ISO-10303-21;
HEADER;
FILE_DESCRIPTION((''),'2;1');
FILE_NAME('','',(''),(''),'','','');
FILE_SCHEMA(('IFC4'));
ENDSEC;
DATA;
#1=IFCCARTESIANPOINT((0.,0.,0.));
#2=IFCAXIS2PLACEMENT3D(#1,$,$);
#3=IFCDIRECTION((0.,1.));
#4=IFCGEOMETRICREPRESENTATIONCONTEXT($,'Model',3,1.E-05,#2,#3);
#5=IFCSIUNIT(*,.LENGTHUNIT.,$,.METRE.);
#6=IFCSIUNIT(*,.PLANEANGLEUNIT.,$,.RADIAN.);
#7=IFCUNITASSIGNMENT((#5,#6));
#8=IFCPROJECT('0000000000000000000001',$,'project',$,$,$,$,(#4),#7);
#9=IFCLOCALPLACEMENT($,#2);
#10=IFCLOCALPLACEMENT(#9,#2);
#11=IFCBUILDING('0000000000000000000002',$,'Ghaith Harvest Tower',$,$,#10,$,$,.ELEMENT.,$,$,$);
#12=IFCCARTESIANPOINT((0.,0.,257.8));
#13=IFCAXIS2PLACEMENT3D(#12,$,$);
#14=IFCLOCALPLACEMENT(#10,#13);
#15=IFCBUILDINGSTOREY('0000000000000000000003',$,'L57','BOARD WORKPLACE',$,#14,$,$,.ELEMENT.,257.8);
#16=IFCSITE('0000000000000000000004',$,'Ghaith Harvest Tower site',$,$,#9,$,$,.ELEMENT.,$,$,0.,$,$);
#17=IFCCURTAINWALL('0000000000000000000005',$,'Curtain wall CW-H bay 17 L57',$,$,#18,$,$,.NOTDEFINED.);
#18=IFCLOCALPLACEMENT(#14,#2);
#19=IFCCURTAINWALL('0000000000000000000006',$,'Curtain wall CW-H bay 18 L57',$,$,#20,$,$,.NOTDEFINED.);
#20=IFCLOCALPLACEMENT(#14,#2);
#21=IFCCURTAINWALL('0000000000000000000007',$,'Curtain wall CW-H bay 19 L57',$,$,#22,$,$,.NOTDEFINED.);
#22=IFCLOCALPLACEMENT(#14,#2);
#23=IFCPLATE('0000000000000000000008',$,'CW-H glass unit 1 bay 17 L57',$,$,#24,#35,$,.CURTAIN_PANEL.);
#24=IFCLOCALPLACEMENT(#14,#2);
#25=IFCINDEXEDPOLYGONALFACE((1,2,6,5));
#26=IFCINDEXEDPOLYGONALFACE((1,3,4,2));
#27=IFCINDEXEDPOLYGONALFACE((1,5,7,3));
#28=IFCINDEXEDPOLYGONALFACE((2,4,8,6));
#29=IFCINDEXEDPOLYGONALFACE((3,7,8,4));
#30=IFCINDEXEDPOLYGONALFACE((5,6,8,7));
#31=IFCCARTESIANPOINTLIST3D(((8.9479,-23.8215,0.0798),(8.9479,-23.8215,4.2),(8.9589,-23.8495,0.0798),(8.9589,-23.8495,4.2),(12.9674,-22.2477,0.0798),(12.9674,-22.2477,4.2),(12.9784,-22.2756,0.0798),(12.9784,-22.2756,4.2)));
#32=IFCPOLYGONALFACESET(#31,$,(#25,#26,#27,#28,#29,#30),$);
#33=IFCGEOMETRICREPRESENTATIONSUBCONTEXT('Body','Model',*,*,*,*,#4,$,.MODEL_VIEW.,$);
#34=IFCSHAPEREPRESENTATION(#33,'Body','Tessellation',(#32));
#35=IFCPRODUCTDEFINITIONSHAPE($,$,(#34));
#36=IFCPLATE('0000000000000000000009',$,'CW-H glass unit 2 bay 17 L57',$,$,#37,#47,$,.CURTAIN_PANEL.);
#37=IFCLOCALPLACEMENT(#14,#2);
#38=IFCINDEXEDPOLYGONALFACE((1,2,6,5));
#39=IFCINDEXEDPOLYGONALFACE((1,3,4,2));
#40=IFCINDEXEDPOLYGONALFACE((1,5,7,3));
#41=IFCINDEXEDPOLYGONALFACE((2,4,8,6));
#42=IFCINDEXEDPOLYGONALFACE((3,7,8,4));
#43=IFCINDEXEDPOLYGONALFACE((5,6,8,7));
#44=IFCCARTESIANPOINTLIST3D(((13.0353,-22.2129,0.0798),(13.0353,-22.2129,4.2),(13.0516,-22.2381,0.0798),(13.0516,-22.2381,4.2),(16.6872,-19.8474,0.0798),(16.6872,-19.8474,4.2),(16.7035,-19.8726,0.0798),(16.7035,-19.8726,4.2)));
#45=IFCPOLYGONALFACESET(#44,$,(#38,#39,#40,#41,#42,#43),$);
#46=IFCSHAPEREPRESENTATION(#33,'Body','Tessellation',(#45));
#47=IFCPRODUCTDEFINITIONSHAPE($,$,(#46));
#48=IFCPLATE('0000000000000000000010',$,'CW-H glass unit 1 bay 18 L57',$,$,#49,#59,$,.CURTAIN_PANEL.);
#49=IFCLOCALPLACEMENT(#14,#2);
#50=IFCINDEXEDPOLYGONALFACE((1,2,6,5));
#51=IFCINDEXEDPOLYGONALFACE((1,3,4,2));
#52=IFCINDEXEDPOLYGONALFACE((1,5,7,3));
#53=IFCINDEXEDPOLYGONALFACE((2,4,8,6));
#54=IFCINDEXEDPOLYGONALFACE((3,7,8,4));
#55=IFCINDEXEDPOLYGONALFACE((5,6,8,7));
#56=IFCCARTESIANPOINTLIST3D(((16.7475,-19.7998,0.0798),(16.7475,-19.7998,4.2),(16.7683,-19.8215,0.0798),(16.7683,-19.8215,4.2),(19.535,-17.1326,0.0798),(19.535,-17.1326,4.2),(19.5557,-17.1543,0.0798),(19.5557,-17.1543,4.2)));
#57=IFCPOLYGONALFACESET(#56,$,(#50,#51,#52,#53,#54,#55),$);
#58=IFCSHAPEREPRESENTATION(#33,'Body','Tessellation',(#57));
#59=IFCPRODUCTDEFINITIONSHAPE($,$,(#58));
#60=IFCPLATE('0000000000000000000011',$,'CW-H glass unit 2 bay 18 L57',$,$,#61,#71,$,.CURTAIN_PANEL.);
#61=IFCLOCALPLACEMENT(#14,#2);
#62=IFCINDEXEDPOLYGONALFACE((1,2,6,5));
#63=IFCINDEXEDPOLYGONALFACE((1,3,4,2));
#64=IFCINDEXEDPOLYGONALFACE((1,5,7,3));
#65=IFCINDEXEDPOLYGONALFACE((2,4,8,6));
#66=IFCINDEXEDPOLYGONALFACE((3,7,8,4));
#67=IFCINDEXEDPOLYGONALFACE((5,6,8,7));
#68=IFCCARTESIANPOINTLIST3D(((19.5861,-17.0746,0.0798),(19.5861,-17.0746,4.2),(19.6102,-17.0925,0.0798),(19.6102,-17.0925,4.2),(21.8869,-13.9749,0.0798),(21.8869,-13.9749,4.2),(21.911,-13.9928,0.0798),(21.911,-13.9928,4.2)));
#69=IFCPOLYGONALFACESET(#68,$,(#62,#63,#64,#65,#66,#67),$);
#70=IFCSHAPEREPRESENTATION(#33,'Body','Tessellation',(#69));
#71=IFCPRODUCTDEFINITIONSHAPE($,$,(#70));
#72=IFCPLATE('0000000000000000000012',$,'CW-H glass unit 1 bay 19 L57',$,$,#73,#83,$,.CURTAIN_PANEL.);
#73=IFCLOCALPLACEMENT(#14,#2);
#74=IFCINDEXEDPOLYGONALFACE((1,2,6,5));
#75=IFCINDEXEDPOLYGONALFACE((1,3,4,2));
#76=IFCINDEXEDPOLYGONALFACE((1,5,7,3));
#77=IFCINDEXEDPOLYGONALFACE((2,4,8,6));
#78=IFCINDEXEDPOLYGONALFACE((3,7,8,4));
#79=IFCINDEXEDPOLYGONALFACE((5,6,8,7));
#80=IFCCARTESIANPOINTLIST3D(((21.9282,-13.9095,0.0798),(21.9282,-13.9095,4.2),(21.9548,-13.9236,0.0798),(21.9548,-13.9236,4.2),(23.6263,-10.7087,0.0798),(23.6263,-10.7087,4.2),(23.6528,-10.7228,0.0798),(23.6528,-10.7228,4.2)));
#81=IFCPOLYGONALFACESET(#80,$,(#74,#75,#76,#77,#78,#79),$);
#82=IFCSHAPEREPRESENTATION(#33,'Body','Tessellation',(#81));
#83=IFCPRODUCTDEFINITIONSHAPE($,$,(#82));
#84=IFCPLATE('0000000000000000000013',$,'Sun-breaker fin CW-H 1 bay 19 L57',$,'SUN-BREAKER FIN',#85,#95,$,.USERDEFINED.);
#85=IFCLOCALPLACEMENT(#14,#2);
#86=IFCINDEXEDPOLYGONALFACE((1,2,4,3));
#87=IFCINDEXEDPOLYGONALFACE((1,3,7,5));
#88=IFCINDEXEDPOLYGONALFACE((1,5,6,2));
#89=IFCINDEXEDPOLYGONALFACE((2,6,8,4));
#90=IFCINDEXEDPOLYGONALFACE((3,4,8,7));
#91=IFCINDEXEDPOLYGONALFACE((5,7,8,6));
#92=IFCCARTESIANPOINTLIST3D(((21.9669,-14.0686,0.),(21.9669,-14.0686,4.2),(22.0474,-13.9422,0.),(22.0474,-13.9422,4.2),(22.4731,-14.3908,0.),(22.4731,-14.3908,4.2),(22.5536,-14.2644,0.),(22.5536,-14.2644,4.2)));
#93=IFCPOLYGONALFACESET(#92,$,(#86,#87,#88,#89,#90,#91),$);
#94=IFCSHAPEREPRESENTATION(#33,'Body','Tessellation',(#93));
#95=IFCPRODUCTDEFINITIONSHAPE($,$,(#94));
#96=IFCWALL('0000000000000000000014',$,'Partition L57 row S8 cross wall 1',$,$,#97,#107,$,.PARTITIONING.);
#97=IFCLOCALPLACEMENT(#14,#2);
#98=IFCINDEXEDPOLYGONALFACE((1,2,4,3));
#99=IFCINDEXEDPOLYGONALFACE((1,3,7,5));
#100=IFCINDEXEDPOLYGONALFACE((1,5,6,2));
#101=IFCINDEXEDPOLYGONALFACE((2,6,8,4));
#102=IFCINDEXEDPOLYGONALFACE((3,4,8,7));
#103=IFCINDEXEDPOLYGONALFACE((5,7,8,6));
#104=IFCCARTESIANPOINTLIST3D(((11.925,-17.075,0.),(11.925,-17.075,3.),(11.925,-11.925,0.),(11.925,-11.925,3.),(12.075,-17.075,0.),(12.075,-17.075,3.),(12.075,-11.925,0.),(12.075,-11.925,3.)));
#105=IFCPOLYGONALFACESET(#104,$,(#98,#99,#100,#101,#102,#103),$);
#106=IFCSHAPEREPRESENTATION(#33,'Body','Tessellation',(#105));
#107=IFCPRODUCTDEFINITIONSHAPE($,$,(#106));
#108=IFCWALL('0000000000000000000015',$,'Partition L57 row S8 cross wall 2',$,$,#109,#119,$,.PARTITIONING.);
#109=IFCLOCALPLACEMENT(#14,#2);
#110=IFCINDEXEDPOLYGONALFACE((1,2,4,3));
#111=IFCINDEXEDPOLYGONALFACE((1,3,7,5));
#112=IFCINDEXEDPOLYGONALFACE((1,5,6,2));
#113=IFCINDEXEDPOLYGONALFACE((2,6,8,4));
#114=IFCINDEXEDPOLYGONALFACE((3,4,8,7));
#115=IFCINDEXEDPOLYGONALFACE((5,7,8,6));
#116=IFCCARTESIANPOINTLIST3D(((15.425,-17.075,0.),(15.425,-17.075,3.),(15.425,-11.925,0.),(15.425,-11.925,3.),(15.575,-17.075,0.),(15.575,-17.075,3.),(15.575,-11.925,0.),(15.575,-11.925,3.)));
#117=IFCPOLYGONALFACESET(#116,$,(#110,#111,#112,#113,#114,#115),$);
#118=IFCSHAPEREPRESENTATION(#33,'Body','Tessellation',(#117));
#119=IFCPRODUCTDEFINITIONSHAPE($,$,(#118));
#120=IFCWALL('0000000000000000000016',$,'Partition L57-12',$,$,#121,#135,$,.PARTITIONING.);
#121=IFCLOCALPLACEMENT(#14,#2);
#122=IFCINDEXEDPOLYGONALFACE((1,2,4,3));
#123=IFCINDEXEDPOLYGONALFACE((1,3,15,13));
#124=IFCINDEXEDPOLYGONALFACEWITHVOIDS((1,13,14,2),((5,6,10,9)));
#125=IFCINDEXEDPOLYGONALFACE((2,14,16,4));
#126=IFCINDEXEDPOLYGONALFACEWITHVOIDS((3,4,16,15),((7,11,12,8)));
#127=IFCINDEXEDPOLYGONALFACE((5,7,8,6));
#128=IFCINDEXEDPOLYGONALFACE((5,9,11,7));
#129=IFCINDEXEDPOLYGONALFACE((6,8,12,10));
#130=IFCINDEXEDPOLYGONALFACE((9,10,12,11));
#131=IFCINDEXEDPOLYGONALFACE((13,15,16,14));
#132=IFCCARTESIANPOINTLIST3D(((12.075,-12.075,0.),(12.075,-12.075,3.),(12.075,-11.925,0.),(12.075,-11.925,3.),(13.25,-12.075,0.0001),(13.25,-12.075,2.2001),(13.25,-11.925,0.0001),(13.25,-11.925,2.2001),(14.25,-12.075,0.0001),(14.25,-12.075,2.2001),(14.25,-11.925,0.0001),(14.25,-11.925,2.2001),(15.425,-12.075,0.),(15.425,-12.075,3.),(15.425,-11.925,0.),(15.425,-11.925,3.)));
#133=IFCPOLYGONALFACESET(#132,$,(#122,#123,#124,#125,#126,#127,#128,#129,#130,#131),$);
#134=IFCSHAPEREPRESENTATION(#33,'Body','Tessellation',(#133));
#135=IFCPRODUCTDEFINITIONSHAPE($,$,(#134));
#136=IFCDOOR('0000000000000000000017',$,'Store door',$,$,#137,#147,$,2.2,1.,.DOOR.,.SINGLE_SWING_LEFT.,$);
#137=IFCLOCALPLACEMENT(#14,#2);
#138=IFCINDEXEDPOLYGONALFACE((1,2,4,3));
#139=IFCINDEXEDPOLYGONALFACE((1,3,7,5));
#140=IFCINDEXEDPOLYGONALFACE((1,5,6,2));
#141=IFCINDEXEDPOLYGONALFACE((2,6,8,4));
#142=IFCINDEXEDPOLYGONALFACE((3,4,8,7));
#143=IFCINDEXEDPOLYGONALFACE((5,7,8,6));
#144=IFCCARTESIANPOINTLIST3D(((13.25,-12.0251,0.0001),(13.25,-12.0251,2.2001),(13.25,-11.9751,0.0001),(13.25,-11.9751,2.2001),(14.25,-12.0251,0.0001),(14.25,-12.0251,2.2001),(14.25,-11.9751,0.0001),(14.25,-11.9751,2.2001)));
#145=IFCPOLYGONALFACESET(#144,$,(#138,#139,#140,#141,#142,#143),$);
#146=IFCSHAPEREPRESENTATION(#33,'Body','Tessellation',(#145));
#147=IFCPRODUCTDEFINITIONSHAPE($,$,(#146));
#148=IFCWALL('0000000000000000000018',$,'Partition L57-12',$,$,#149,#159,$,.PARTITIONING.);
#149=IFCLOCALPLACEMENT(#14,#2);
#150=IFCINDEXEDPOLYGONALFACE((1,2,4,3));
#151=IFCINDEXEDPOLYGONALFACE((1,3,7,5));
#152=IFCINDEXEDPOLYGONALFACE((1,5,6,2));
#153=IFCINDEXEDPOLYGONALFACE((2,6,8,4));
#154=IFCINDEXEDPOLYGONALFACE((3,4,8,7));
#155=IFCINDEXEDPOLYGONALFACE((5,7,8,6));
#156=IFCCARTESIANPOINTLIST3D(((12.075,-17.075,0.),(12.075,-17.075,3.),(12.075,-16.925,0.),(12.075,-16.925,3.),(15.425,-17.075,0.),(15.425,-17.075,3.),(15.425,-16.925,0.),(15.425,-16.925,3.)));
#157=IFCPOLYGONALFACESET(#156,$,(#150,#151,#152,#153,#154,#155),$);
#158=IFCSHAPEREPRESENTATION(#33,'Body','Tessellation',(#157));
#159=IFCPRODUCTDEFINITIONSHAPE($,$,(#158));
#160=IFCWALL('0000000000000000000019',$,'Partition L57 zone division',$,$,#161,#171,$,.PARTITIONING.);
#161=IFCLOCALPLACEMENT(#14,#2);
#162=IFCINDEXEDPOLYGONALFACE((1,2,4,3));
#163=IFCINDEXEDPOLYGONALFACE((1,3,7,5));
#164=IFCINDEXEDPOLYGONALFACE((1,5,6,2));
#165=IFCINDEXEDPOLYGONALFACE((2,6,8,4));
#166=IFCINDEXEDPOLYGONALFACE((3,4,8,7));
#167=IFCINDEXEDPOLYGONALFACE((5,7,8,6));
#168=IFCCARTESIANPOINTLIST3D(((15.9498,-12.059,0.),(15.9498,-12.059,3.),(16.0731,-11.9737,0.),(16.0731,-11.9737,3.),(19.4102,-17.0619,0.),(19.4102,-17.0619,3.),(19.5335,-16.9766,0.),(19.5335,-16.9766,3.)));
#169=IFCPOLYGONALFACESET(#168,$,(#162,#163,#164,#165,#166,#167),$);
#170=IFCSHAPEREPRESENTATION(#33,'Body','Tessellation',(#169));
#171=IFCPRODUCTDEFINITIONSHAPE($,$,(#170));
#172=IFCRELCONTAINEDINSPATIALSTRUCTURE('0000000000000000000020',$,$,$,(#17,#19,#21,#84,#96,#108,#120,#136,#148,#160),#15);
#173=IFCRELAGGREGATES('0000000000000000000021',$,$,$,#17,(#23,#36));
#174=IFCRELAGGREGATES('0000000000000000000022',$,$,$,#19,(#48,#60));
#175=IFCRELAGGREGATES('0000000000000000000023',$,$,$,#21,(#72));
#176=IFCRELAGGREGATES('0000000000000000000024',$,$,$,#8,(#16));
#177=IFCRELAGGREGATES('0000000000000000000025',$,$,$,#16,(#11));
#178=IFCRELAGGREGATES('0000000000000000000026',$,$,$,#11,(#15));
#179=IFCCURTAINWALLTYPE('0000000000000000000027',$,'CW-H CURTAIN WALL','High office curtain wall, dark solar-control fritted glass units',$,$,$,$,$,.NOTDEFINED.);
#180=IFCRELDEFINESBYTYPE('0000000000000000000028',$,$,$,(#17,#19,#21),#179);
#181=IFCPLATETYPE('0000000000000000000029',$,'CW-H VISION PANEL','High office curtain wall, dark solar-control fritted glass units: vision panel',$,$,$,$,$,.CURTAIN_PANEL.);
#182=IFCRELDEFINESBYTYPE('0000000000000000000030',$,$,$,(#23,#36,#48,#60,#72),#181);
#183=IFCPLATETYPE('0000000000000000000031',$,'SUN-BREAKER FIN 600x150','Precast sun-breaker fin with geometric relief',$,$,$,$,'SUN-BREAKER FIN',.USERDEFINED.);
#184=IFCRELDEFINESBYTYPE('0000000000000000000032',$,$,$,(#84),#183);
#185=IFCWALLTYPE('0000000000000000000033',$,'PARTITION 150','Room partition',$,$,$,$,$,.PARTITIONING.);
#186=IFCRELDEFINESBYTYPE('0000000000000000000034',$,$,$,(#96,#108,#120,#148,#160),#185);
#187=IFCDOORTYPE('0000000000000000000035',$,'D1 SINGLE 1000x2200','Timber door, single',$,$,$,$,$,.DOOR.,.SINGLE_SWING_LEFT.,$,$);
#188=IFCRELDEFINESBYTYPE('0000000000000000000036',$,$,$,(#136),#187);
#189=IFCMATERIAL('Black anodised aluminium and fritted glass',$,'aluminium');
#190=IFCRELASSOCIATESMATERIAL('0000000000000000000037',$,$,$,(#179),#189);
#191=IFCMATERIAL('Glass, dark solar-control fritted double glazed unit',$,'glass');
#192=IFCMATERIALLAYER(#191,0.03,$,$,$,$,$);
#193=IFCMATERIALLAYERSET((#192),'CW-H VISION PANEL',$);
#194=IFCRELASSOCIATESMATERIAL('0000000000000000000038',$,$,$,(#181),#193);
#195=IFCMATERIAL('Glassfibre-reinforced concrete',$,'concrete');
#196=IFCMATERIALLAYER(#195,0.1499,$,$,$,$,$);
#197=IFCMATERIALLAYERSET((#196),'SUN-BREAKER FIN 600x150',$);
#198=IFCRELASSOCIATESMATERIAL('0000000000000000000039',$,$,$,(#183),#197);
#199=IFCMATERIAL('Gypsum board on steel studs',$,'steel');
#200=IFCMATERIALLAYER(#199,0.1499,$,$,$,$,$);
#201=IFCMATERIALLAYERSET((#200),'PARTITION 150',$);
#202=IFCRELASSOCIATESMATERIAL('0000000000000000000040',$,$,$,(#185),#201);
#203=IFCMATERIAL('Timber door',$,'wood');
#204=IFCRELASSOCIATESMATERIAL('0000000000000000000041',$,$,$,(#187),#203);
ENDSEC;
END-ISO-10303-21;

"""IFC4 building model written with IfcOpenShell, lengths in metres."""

from ifc_helpers import new_model, si_unit, direction, frame, frame_2d, origin, origin_2d, place, context, subcontext, project, spatial, rectangle, extrude, material, layer, layer_set, type_object, element, fill, aggregate, save


model = new_model("IFC4")

# Units and contexts
model_context = context("Model", 3, precision=1e-05, world=origin(), true_north=direction((0.0, 1.0)))
body_context = subcontext(model_context, "Body", "Model", "MODEL_VIEW")
ifc_project = project(units=[si_unit("LENGTHUNIT", "METRE"), si_unit("PLANEANGLEUNIT", "RADIAN")], contexts=[model_context])

# Site, building, storey
site_placement = place(None, origin())
site = spatial("IfcSite", under=ifc_project, at=site_placement, Name="Ghaith Harvest Tower site", CompositionType="ELEMENT", RefElevation=0.0)
building_placement = place(site_placement, origin())
building = spatial("IfcBuilding", under=site, at=building_placement, Name="Ghaith Harvest Tower", CompositionType="ELEMENT")
storey_placement = place(building_placement, frame((0.0, 0.0, 257.8)))
storey = spatial("IfcBuildingStorey", under=building, at=storey_placement, Name="L57", Description="BOARD WORKPLACE", CompositionType="ELEMENT", Elevation=257.8)

# Curtain wall
ifc_material_1 = material(Name="Black anodised aluminium and fritted glass", Category="aluminium")
curtain_wall_type = type_object("IfcCurtainWallType", Name="CW-H CURTAIN WALL", Description="High office curtain wall, dark solar-control fritted glass units", PredefinedType="NOTDEFINED", material=ifc_material_1)
curtain_wall_1_placement = place(storey_placement, origin())
curtain_wall_1 = element("IfcCurtainWall", 1, at=curtain_wall_1_placement, inside=storey, type_object=curtain_wall_type, Name="Curtain wall CW-H bay 17 L57", PredefinedType="NOTDEFINED")

# Curtain walls
curtain_wall_2_placement = place(storey_placement, origin())
curtain_wall_2 = element("IfcCurtainWall", 2, at=curtain_wall_2_placement, inside=storey, type_object=curtain_wall_type, Name="Curtain wall CW-H bay 18 L57", PredefinedType="NOTDEFINED")
curtain_wall_3_placement = place(storey_placement, origin())
curtain_wall_3 = element("IfcCurtainWall", 3, at=curtain_wall_3_placement, inside=storey, type_object=curtain_wall_type, Name="Curtain wall CW-H bay 19 L57", PredefinedType="NOTDEFINED")

# Plates
ifc_material_2 = material(Name="Glass, dark solar-control fritted double glazed unit", Category="glass")
ifc_layer_1 = layer(ifc_material_2, 0.03)
ifc_layer_set_1 = layer_set([ifc_layer_1], Name="CW-H VISION PANEL")
plate_type_1 = type_object("IfcPlateType", Name="CW-H VISION PANEL", Description="High office curtain wall, dark solar-control fritted glass units: vision panel", PredefinedType="CURTAIN_PANEL", material=ifc_layer_set_1)
plate_1_placement = place(storey_placement, frame((10.9631, -23.0486, 0.0798), z_axis=(0.0, 0.0, 1.0), x_axis=(0.931161, 0.364608, 0.0)))
plate_1 = element("IfcPlate", 4, at=plate_1_placement, type_object=plate_type_1, Name="CW-H glass unit 1 bay 17 L57", PredefinedType="CURTAIN_PANEL", context=body_context, shape_type="SweptSolid", body=[
    extrude(rectangle(XDim=4.3167, YDim=0.03, at=origin_2d()), origin(), (0.0, 0.0, 1.0), 4.1201),
])
plate_2_placement = place(storey_placement, frame((14.8694, -21.0427, 0.0798), z_axis=(0.0, 0.0, 1.0), x_axis=(0.839305, 0.54366, 0.0)))
plate_2 = element("IfcPlate", 5, at=plate_2_placement, type_object=plate_type_1, Name="CW-H glass unit 2 bay 17 L57", PredefinedType="CURTAIN_PANEL", context=body_context, shape_type="SweptSolid", body=[
    extrude(rectangle(XDim=4.3511, YDim=0.03, at=origin_2d()), origin(), (0.0, 0.0, 1.0), 4.1201),
])
aggregate(curtain_wall_1, [plate_1, plate_2])
plate_3_placement = place(storey_placement, frame((18.1516, -18.4771, 0.0798), z_axis=(0.0, 0.0, 1.0), x_axis=(0.722533, 0.691337, 0.0)))
plate_3 = element("IfcPlate", 6, at=plate_3_placement, type_object=plate_type_1, Name="CW-H glass unit 1 bay 18 L57", PredefinedType="CURTAIN_PANEL", context=body_context, shape_type="SweptSolid", body=[
    extrude(rectangle(XDim=3.8579, YDim=0.03, at=origin_2d()), origin(), (0.0, 0.0, 1.0), 4.1201),
])
plate_4_placement = place(storey_placement, frame((20.7485, -15.5337, 0.0798), z_axis=(0.0, 0.0, 1.0), x_axis=(0.596019, 0.802971, 0.0)))
plate_4 = element("IfcPlate", 7, at=plate_4_placement, type_object=plate_type_1, Name="CW-H glass unit 2 bay 18 L57", PredefinedType="CURTAIN_PANEL", context=body_context, shape_type="SweptSolid", body=[
    extrude(rectangle(XDim=3.8604, YDim=0.03, at=origin_2d()), origin(), (0.0, 0.0, 1.0), 4.1201),
])
aggregate(curtain_wall_2, [plate_3, plate_4])
plate_5_placement = place(storey_placement, frame((22.7905, -12.3162, 0.0798), z_axis=(0.0, 0.0, 1.0), x_axis=(0.468644, 0.883387, 0.0)))
plate_5 = element("IfcPlate", 8, at=plate_5_placement, type_object=plate_type_1, Name="CW-H glass unit 1 bay 19 L57", PredefinedType="CURTAIN_PANEL", context=body_context, shape_type="SweptSolid", body=[
    extrude(rectangle(XDim=3.6233, YDim=0.03, at=origin_2d()), origin(), (0.0, 0.0, 1.0), 4.1201),
])
aggregate(curtain_wall_3, [plate_5])
ifc_material_3 = material(Name="Glassfibre-reinforced concrete", Category="concrete")
ifc_layer_2 = layer(ifc_material_3, 0.1499)
ifc_layer_set_2 = layer_set([ifc_layer_2], Name="SUN-BREAKER FIN 600x150")
plate_type_2 = type_object("IfcPlateType", Name="SUN-BREAKER FIN 600x150", Description="Precast sun-breaker fin with geometric relief", ElementType="SUN-BREAKER FIN", PredefinedType="USERDEFINED", material=ifc_layer_set_2)
plate_6_placement = place(storey_placement, frame((22.2603, -14.1665, 0.0), z_axis=(0.0, 0.0, 1.0), x_axis=(0.843644, -0.536903, 0.0)))
element("IfcPlate", 9, at=plate_6_placement, inside=storey, type_object=plate_type_2, Name="Sun-breaker fin CW-H 1 bay 19 L57", ObjectType="SUN-BREAKER FIN", PredefinedType="USERDEFINED", context=body_context, shape_type="SweptSolid", body=[
    extrude(rectangle(XDim=0.6001, YDim=0.1499, at=origin_2d()), origin(), (0.0, 0.0, 1.0), 4.2),
])

# Walls
ifc_material_4 = material(Name="Gypsum board on steel studs", Category="steel")
ifc_layer_3 = layer(ifc_material_4, 0.1499)
ifc_layer_set_3 = layer_set([ifc_layer_3], Name="PARTITION 150")
wall_type = type_object("IfcWallType", Name="PARTITION 150", Description="Room partition", PredefinedType="PARTITIONING", material=ifc_layer_set_3)
for number, where, z_axis, x_axis, name in (
    (10, (12.0, -11.925, 0.0), (0.0, 0.0, 1.0), (0.0, -1.0, 0.0), "Partition L57 row S8 cross wall 1"),
    (11, (15.5, -11.925, 0.0), (0.0, 0.0, 1.0), (0.0, -1.0, 0.0), "Partition L57 row S8 cross wall 2"),
):
    element("IfcWall", number, at=place(storey_placement, frame(where, z_axis=z_axis, x_axis=x_axis)), inside=storey, type_object=wall_type, Name=name, PredefinedType="PARTITIONING", context=body_context, shape_type="SweptSolid", body=[
        extrude(rectangle(XDim=5.1499, YDim=0.1499, at=frame_2d((2.575, 0.0))), origin(), (0.0, 0.0, 1.0), 3.0),
    ])

# Wall, opening, door
wall_1_placement = place(storey_placement, frame((12.075, -12.0, 0.0), z_axis=(0.0, 0.0, 1.0), x_axis=(1.0, 0.0, 0.0)))
wall_1 = element("IfcWall", 12, at=wall_1_placement, inside=storey, type_object=wall_type, Name="Partition L57-12", PredefinedType="PARTITIONING", context=body_context, shape_type="SweptSolid", body=[
    extrude(rectangle(XDim=3.3501, YDim=0.1499, at=frame_2d((1.675, 0.0))), origin(), (0.0, 0.0, 1.0), 3.0),
])
opening_placement = place(wall_1_placement, frame((1.175, 0.0, 0.0)))
opening = element("IfcOpeningElement", 13, at=opening_placement, cuts=wall_1, PredefinedType="OPENING", context=body_context, shape_type="SweptSolid", body=[
    extrude(rectangle(XDim=1.0, YDim=2.2, at=frame_2d((0.5, 1.1001))), frame((0.0, 0.085, 0.0), z_axis=(0.0, -1.0, 0.0), x_axis=(1.0, 0.0, 0.0)), (0.0, 0.0, 1.0), 0.1699),
])
ifc_material_5 = material(Name="Timber door", Category="wood")
door_type = type_object("IfcDoorType", Name="D1 SINGLE 1000x2200", Description="Timber door, single", OperationType="SINGLE_SWING_LEFT", PredefinedType="DOOR", material=ifc_material_5)
door_placement = place(opening_placement, origin())
door = element("IfcDoor", 14, at=door_placement, inside=storey, type_object=door_type, Name="Store door", OperationType="SINGLE_SWING_LEFT", OverallHeight=2.2, OverallWidth=1.0, PredefinedType="DOOR", context=body_context, shape_type="SweptSolid", body=[
    extrude(rectangle(XDim=1.0, YDim=2.2, at=frame_2d((0.5, 1.1001))), frame((0.0, 0.0249, 0.0), z_axis=(0.0, -1.0, 0.0), x_axis=(1.0, 0.0, 0.0)), (0.0, 0.0, 1.0), 0.05),
])
fill(opening, door)

# Walls
wall_2_placement = place(storey_placement, frame((12.075, -17.0, 0.0), z_axis=(0.0, 0.0, 1.0), x_axis=(1.0, 0.0, 0.0)))
element("IfcWall", 15, at=wall_2_placement, inside=storey, type_object=wall_type, Name="Partition L57-12", PredefinedType="PARTITIONING", context=body_context, shape_type="SweptSolid", body=[
    extrude(rectangle(XDim=3.3501, YDim=0.1499, at=frame_2d((1.675, 0.0))), origin(), (0.0, 0.0, 1.0), 3.0),
])
wall_3_placement = place(storey_placement, frame((16.0115, -12.0164, 0.0), z_axis=(0.0, 0.0, 1.0), x_axis=(0.568863, -0.822432, 0.0)))
element("IfcWall", 16, at=wall_3_placement, inside=storey, type_object=wall_type, Name="Partition L57 zone division", PredefinedType="PARTITIONING", context=body_context, shape_type="SweptSolid", body=[
    extrude(rectangle(XDim=6.083, YDim=0.1499, at=frame_2d((3.0415, 0.0))), origin(), (0.0, 0.0, 1.0), 3.0),
])

save(model, "model.ifc")
